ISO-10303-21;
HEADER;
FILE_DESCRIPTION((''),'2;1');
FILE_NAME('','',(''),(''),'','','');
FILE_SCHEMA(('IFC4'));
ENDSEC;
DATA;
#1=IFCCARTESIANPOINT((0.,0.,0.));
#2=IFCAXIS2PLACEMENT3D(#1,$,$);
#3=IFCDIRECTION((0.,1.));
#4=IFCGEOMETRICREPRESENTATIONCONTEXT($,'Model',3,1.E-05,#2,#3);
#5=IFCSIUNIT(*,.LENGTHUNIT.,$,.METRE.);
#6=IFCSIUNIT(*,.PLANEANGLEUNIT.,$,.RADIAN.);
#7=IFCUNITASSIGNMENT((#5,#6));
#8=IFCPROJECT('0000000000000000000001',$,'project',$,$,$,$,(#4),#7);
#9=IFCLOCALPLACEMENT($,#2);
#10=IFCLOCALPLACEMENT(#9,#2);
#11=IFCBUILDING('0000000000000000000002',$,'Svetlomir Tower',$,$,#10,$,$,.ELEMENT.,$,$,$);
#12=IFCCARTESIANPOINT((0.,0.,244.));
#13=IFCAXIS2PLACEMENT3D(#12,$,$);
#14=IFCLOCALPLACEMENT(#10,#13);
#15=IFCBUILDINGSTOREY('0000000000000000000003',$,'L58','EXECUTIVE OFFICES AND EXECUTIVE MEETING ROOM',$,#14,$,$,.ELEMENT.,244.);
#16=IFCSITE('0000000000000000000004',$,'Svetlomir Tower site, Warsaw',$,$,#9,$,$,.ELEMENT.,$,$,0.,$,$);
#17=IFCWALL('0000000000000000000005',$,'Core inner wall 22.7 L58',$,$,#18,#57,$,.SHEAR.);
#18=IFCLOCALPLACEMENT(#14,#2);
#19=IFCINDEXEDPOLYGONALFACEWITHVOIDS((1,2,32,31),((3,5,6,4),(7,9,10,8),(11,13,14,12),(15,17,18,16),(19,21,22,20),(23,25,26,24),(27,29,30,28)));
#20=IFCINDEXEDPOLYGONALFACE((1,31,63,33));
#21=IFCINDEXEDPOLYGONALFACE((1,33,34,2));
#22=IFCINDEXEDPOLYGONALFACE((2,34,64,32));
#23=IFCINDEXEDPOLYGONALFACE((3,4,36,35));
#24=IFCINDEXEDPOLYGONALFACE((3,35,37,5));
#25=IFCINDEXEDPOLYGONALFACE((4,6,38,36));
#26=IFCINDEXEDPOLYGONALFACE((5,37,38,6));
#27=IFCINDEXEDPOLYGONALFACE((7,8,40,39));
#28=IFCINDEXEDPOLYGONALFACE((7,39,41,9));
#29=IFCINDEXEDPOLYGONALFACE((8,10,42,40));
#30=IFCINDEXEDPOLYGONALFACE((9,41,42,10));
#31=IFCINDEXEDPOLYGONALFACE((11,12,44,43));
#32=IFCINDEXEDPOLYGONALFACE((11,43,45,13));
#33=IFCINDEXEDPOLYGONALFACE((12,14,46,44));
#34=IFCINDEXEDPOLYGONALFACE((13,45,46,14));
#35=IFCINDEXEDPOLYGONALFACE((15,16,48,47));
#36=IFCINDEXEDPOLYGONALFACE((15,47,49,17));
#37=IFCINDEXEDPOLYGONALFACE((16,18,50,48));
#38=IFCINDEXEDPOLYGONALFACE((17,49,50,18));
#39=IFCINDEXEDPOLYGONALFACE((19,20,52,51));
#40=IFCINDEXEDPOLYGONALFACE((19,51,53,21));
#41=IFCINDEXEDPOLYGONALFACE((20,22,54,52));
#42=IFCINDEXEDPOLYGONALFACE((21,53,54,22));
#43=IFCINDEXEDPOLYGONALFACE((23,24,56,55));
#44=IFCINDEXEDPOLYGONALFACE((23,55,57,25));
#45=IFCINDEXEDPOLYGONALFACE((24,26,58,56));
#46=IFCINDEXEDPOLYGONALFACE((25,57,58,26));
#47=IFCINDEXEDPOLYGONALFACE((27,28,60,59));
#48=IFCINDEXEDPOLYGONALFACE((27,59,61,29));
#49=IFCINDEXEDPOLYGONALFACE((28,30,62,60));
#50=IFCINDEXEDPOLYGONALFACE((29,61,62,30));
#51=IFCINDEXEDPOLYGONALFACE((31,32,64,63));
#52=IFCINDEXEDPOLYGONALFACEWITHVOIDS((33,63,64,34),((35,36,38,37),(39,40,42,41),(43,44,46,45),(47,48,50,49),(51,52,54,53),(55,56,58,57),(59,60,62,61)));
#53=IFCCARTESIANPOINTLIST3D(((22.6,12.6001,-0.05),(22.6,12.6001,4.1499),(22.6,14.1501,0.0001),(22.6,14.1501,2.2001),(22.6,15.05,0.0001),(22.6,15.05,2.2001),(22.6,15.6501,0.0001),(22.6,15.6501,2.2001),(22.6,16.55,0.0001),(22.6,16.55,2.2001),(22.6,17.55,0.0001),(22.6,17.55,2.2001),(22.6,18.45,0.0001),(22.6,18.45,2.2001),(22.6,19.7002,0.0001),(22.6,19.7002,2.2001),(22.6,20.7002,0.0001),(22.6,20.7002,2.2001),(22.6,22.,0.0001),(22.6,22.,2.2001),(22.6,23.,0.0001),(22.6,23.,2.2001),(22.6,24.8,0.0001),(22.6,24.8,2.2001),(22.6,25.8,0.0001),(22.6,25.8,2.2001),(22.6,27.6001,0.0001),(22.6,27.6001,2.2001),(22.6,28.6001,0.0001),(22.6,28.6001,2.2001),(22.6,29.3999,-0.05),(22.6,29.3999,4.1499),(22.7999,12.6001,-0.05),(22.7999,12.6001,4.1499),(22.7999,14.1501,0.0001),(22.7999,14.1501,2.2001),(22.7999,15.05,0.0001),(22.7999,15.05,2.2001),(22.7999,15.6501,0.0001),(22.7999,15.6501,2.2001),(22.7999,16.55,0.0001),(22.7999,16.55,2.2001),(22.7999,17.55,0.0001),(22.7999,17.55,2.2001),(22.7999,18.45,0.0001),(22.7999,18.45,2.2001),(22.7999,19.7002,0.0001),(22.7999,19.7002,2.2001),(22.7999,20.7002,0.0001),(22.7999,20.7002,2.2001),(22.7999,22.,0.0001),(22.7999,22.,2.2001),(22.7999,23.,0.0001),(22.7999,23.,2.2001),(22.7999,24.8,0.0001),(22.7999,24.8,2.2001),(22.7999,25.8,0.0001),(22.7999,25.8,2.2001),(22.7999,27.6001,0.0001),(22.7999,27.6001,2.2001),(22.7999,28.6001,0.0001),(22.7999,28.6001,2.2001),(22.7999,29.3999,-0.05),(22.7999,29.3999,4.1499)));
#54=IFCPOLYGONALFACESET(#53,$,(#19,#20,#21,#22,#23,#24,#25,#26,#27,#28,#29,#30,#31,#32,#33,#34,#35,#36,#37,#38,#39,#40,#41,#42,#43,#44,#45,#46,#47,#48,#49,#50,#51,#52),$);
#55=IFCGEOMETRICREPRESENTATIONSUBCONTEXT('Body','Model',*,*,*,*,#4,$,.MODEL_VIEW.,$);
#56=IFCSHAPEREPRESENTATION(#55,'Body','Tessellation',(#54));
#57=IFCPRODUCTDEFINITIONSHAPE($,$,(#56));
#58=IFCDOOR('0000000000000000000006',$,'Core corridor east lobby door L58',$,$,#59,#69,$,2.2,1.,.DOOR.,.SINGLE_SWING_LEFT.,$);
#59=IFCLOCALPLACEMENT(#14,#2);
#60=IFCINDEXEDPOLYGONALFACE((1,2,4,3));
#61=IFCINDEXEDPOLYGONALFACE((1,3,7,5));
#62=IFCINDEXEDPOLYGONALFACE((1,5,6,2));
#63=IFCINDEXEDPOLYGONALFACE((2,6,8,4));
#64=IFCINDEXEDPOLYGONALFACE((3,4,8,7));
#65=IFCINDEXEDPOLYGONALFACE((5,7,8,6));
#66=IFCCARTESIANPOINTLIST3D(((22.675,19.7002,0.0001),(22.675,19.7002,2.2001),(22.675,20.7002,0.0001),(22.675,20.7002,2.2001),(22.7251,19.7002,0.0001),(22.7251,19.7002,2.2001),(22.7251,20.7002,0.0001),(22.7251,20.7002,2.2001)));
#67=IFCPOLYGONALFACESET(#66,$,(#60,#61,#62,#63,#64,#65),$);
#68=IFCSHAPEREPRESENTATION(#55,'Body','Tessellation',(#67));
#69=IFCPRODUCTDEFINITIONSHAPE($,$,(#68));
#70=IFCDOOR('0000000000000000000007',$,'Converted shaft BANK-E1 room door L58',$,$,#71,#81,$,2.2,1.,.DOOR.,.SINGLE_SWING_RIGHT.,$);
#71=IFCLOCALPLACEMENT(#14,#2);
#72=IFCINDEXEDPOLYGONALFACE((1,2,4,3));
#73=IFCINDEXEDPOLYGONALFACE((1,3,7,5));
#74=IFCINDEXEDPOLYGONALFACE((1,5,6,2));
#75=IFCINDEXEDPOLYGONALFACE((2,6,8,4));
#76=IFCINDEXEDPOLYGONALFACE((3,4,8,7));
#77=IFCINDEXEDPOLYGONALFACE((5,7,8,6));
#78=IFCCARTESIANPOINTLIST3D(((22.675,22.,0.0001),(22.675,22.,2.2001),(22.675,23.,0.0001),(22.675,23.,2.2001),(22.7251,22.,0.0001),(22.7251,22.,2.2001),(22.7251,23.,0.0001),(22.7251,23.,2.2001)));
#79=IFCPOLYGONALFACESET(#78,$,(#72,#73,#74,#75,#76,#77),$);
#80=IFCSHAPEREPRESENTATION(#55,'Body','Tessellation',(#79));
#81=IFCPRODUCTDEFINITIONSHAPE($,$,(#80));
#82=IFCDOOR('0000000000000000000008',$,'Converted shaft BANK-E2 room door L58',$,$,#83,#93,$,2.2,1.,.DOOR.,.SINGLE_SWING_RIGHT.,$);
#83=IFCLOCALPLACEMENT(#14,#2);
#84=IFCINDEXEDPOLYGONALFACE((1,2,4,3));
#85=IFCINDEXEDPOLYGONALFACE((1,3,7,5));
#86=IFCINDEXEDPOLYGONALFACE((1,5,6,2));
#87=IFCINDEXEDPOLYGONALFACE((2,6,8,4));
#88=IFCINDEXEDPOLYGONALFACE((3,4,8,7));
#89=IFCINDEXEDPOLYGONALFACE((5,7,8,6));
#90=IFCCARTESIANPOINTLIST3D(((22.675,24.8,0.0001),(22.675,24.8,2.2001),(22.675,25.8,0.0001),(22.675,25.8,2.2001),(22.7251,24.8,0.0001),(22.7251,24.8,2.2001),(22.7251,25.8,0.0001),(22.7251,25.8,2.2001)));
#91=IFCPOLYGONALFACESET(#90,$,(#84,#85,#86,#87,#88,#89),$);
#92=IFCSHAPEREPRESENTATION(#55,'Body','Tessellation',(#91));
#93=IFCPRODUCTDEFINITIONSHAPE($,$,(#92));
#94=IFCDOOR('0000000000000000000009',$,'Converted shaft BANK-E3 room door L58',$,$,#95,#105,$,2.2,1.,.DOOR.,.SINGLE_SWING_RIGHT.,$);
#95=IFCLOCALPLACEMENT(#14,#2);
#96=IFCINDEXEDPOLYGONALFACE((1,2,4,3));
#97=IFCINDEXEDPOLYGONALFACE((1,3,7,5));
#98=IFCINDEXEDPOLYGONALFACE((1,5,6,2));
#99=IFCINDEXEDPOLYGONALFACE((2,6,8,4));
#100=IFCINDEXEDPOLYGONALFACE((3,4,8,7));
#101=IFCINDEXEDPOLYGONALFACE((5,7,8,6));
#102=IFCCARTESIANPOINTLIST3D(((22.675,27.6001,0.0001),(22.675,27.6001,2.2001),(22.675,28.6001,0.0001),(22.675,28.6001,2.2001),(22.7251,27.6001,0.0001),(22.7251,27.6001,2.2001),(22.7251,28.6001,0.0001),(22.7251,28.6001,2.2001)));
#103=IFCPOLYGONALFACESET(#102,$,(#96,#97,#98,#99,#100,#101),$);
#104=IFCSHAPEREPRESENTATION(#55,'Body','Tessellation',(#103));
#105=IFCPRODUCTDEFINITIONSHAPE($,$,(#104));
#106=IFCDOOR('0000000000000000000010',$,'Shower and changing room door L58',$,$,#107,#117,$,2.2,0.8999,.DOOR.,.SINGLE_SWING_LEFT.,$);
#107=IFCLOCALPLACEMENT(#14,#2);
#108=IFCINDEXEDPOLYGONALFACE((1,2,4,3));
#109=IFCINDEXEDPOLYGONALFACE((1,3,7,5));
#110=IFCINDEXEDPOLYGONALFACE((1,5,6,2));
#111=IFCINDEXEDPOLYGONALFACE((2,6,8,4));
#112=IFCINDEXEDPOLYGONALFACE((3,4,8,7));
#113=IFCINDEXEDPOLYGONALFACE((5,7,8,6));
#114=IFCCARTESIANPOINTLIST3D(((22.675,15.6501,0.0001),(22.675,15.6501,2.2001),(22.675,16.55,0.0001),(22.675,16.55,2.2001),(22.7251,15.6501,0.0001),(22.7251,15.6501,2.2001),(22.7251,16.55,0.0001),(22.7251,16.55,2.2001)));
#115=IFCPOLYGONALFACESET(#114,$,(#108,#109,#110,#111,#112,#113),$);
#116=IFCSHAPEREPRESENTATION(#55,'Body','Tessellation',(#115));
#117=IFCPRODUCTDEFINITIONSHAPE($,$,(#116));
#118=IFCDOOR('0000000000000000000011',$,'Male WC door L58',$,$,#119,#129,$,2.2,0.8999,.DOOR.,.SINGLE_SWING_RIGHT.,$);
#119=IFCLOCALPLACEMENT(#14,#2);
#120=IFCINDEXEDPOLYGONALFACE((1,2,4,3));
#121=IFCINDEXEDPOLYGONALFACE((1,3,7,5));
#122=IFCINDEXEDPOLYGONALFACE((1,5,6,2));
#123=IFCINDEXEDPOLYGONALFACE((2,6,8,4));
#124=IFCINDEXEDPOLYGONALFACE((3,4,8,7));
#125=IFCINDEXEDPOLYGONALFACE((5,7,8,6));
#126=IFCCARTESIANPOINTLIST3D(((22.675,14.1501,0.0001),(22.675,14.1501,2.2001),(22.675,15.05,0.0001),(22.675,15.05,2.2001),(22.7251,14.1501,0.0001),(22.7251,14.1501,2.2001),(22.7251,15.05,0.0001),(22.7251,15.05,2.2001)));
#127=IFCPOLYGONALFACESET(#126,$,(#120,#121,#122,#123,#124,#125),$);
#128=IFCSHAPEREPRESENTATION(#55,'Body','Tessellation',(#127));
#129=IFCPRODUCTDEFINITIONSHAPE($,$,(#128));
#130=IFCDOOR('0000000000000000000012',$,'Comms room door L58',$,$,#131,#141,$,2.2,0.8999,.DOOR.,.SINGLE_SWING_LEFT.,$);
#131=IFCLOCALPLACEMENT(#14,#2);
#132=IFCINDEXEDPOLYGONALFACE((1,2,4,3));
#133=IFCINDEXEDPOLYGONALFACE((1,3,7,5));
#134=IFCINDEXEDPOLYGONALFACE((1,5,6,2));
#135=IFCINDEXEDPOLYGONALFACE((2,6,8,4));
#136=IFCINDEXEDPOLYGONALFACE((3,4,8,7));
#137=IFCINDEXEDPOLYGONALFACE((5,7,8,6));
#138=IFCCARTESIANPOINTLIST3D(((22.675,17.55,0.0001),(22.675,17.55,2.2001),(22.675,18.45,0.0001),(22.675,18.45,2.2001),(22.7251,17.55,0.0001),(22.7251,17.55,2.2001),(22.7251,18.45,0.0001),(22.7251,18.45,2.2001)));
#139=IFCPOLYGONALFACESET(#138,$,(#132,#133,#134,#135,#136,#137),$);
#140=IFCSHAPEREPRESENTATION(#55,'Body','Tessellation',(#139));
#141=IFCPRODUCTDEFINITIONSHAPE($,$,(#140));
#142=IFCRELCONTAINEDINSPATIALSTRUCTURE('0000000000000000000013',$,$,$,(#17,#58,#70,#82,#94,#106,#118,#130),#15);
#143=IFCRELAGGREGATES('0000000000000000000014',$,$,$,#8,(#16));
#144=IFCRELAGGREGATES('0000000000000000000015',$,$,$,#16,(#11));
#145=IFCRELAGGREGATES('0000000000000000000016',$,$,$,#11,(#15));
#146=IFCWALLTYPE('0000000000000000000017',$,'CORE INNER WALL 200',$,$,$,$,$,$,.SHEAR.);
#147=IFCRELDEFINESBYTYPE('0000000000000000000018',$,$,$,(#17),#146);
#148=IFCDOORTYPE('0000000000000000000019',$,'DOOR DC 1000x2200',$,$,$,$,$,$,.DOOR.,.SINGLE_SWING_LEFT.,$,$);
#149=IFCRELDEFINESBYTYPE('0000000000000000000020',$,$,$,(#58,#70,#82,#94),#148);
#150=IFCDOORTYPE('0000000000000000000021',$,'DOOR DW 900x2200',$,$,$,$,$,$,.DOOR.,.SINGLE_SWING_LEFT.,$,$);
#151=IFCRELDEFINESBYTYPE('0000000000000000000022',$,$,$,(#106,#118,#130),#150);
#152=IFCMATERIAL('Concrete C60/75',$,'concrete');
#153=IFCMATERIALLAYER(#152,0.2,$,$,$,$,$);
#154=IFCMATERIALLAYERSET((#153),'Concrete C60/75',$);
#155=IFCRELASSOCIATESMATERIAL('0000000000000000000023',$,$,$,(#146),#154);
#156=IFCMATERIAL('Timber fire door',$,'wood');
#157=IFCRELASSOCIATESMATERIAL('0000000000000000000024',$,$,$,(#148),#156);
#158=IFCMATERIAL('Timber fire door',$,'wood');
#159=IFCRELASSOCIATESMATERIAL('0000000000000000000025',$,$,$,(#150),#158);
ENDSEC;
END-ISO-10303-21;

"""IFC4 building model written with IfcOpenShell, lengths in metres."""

from ifc_helpers import new_model, si_unit, direction, frame, frame_2d, origin, place, context, subcontext, project, spatial, rectangle, extrude, material, layer, layer_set, type_object, element, fill, save


model = new_model("IFC4")

# Units and contexts
model_context = context("Model", 3, precision=1e-05, world=origin(), true_north=direction((0.0, 1.0)))
body_context = subcontext(model_context, "Body", "Model", "MODEL_VIEW")
ifc_project = project(units=[si_unit("LENGTHUNIT", "METRE"), si_unit("PLANEANGLEUNIT", "RADIAN")], contexts=[model_context])

# Site, building, storey
site_placement = place(None, origin())
site = spatial("IfcSite", under=ifc_project, at=site_placement, Name="Svetlomir Tower site, Warsaw", CompositionType="ELEMENT", RefElevation=0.0)
building_placement = place(site_placement, origin())
building = spatial("IfcBuilding", under=site, at=building_placement, Name="Svetlomir Tower", CompositionType="ELEMENT")
storey_placement = place(building_placement, frame((0.0, 0.0, 244.0)))
storey = spatial("IfcBuildingStorey", under=building, at=storey_placement, Name="L58", Description="EXECUTIVE OFFICES AND EXECUTIVE MEETING ROOM", CompositionType="ELEMENT", Elevation=244.0)

# Wall, openings, doors
ifc_material_1 = material(Name="Concrete C60/75", Category="concrete")
ifc_layer_1 = layer(ifc_material_1, 0.2)
ifc_layer_set_1 = layer_set([ifc_layer_1], Name="Concrete C60/75")
wall_type_1 = type_object("IfcWallType", Name="CORE INNER WALL 200", PredefinedType="SHEAR", material=ifc_layer_set_1)
wall_1_placement = place(storey_placement, frame((22.7, 12.6001, -0.05), z_axis=(0.0, 0.0, 1.0), x_axis=(0.0, 1.0, 0.0)))
wall_1 = element("IfcWall", 1, at=wall_1_placement, inside=storey, type_object=wall_type_1, Name="Core inner wall 22.7 L58", PredefinedType="SHEAR", context=body_context, shape_type="SweptSolid", body=[
    extrude(rectangle(XDim=16.7998, YDim=0.2, at=frame_2d((8.3999, 0.0))), origin(), (0.0, 0.0, 1.0), 4.2),
])
opening_1_placement = place(wall_1_placement, frame((3.05, 0.0, 0.05)))
opening_1 = element("IfcOpeningElement", 2, at=opening_1_placement, cuts=wall_1, PredefinedType="OPENING", context=body_context, shape_type="SweptSolid", body=[
    extrude(rectangle(XDim=0.8999, YDim=2.2, at=frame_2d((0.45, 1.1001))), frame((0.0, 0.1099, 0.0), z_axis=(0.0, -1.0, 0.0), x_axis=(1.0, 0.0, 0.0)), (0.0, 0.0, 1.0), 0.22),
])
opening_2_placement = place(wall_1_placement, frame((7.1001, 0.0, 0.05)))
opening_2 = element("IfcOpeningElement", 3, at=opening_2_placement, cuts=wall_1, PredefinedType="OPENING", context=body_context, shape_type="SweptSolid", body=[
    extrude(rectangle(XDim=1.0, YDim=2.2, at=frame_2d((0.5, 1.1001))), frame((0.0, 0.1099, 0.0), z_axis=(0.0, -1.0, 0.0), x_axis=(1.0, 0.0, 0.0)), (0.0, 0.0, 1.0), 0.22),
])
opening_3_placement = place(wall_1_placement, frame((1.55, 0.0, 0.05)))
opening_3 = element("IfcOpeningElement", 4, at=opening_3_placement, cuts=wall_1, PredefinedType="OPENING", context=body_context, shape_type="SweptSolid", body=[
    extrude(rectangle(XDim=0.8999, YDim=2.2, at=frame_2d((0.45, 1.1001))), frame((0.0, 0.1099, 0.0), z_axis=(0.0, -1.0, 0.0), x_axis=(1.0, 0.0, 0.0)), (0.0, 0.0, 1.0), 0.22),
])
opening_4_placement = place(wall_1_placement, frame((4.95, 0.0, 0.05)))
opening_4 = element("IfcOpeningElement", 5, at=opening_4_placement, cuts=wall_1, PredefinedType="OPENING", context=body_context, shape_type="SweptSolid", body=[
    extrude(rectangle(XDim=0.8999, YDim=2.2, at=frame_2d((0.45, 1.1001))), frame((0.0, 0.1099, 0.0), z_axis=(0.0, -1.0, 0.0), x_axis=(1.0, 0.0, 0.0)), (0.0, 0.0, 1.0), 0.22),
])
opening_5_placement = place(wall_1_placement, frame((9.3999, 0.0, 0.05)))
opening_5 = element("IfcOpeningElement", 6, at=opening_5_placement, cuts=wall_1, PredefinedType="OPENING", context=body_context, shape_type="SweptSolid", body=[
    extrude(rectangle(XDim=1.0, YDim=2.2, at=frame_2d((0.5, 1.1001))), frame((0.0, 0.1099, 0.0), z_axis=(0.0, -1.0, 0.0), x_axis=(1.0, 0.0, 0.0)), (0.0, 0.0, 1.0), 0.22),
])
opening_6_placement = place(wall_1_placement, frame((12.2, 0.0, 0.05)))
opening_6 = element("IfcOpeningElement", 7, at=opening_6_placement, cuts=wall_1, PredefinedType="OPENING", context=body_context, shape_type="SweptSolid", body=[
    extrude(rectangle(XDim=1.0, YDim=2.2, at=frame_2d((0.5, 1.1001))), frame((0.0, 0.1099, 0.0), z_axis=(0.0, -1.0, 0.0), x_axis=(1.0, 0.0, 0.0)), (0.0, 0.0, 1.0), 0.22),
])
opening_7_placement = place(wall_1_placement, frame((15.0, 0.0, 0.05)))
opening_7 = element("IfcOpeningElement", 8, at=opening_7_placement, cuts=wall_1, PredefinedType="OPENING", context=body_context, shape_type="SweptSolid", body=[
    extrude(rectangle(XDim=1.0, YDim=2.2, at=frame_2d((0.5, 1.1001))), frame((0.0, 0.1099, 0.0), z_axis=(0.0, -1.0, 0.0), x_axis=(1.0, 0.0, 0.0)), (0.0, 0.0, 1.0), 0.22),
])
ifc_material_2 = material(Name="Timber fire door", Category="wood")
door_type_1 = type_object("IfcDoorType", Name="DOOR DC 1000x2200", OperationType="SINGLE_SWING_LEFT", PredefinedType="DOOR", material=ifc_material_2)
door_1_placement = place(opening_2_placement, origin())
door_1 = element("IfcDoor", 9, at=door_1_placement, inside=storey, type_object=door_type_1, Name="Core corridor east lobby door L58", OperationType="SINGLE_SWING_LEFT", OverallHeight=2.2, OverallWidth=1.0, PredefinedType="DOOR", context=body_context, shape_type="SweptSolid", body=[
    extrude(rectangle(XDim=1.0, YDim=2.2, at=frame_2d((0.5, 1.1001))), frame((0.0, 0.0249, 0.0), z_axis=(0.0, -1.0, 0.0), x_axis=(1.0, 0.0, 0.0)), (0.0, 0.0, 1.0), 0.05),
])
fill(opening_2, door_1)
door_2_placement = place(opening_5_placement, origin())
door_2 = element("IfcDoor", 10, at=door_2_placement, inside=storey, type_object=door_type_1, Name="Converted shaft BANK-E1 room door L58", OperationType="SINGLE_SWING_RIGHT", OverallHeight=2.2, OverallWidth=1.0, PredefinedType="DOOR", context=body_context, shape_type="SweptSolid", body=[
    extrude(rectangle(XDim=1.0, YDim=2.2, at=frame_2d((0.5, 1.1001))), frame((0.0, 0.0249, 0.0), z_axis=(0.0, -1.0, 0.0), x_axis=(1.0, 0.0, 0.0)), (0.0, 0.0, 1.0), 0.05),
])
fill(opening_5, door_2)
door_3_placement = place(opening_6_placement, origin())
door_3 = element("IfcDoor", 11, at=door_3_placement, inside=storey, type_object=door_type_1, Name="Converted shaft BANK-E2 room door L58", OperationType="SINGLE_SWING_RIGHT", OverallHeight=2.2, OverallWidth=1.0, PredefinedType="DOOR", context=body_context, shape_type="SweptSolid", body=[
    extrude(rectangle(XDim=1.0, YDim=2.2, at=frame_2d((0.5, 1.1001))), frame((0.0, 0.0249, 0.0), z_axis=(0.0, -1.0, 0.0), x_axis=(1.0, 0.0, 0.0)), (0.0, 0.0, 1.0), 0.05),
])
fill(opening_6, door_3)
door_4_placement = place(opening_7_placement, origin())
door_4 = element("IfcDoor", 12, at=door_4_placement, inside=storey, type_object=door_type_1, Name="Converted shaft BANK-E3 room door L58", OperationType="SINGLE_SWING_RIGHT", OverallHeight=2.2, OverallWidth=1.0, PredefinedType="DOOR", context=body_context, shape_type="SweptSolid", body=[
    extrude(rectangle(XDim=1.0, YDim=2.2, at=frame_2d((0.5, 1.1001))), frame((0.0, 0.0249, 0.0), z_axis=(0.0, -1.0, 0.0), x_axis=(1.0, 0.0, 0.0)), (0.0, 0.0, 1.0), 0.05),
])
fill(opening_7, door_4)
ifc_material_3 = material(Name="Timber fire door", Category="wood")
door_type_2 = type_object("IfcDoorType", Name="DOOR DW 900x2200", OperationType="SINGLE_SWING_LEFT", PredefinedType="DOOR", material=ifc_material_3)
door_5_placement = place(opening_1_placement, origin())
door_5 = element("IfcDoor", 13, at=door_5_placement, inside=storey, type_object=door_type_2, Name="Shower and changing room door L58", OperationType="SINGLE_SWING_LEFT", OverallHeight=2.2, OverallWidth=0.8999, PredefinedType="DOOR", context=body_context, shape_type="SweptSolid", body=[
    extrude(rectangle(XDim=0.8999, YDim=2.2, at=frame_2d((0.45, 1.1001))), frame((0.0, 0.0249, 0.0), z_axis=(0.0, -1.0, 0.0), x_axis=(1.0, 0.0, 0.0)), (0.0, 0.0, 1.0), 0.05),
])
fill(opening_1, door_5)
door_6_placement = place(opening_3_placement, origin())
door_6 = element("IfcDoor", 14, at=door_6_placement, inside=storey, type_object=door_type_2, Name="Male WC door L58", OperationType="SINGLE_SWING_RIGHT", OverallHeight=2.2, OverallWidth=0.8999, PredefinedType="DOOR", context=body_context, shape_type="SweptSolid", body=[
    extrude(rectangle(XDim=0.8999, YDim=2.2, at=frame_2d((0.45, 1.1001))), frame((0.0, 0.0249, 0.0), z_axis=(0.0, -1.0, 0.0), x_axis=(1.0, 0.0, 0.0)), (0.0, 0.0, 1.0), 0.05),
])
fill(opening_3, door_6)
door_7_placement = place(opening_4_placement, origin())
door_7 = element("IfcDoor", 15, at=door_7_placement, inside=storey, type_object=door_type_2, Name="Comms room door L58", OperationType="SINGLE_SWING_LEFT", OverallHeight=2.2, OverallWidth=0.8999, PredefinedType="DOOR", context=body_context, shape_type="SweptSolid", body=[
    extrude(rectangle(XDim=0.8999, YDim=2.2, at=frame_2d((0.45, 1.1001))), frame((0.0, 0.0249, 0.0), z_axis=(0.0, -1.0, 0.0), x_axis=(1.0, 0.0, 0.0)), (0.0, 0.0, 1.0), 0.05),
])
fill(opening_4, door_7)

save(model, "model.ifc")
